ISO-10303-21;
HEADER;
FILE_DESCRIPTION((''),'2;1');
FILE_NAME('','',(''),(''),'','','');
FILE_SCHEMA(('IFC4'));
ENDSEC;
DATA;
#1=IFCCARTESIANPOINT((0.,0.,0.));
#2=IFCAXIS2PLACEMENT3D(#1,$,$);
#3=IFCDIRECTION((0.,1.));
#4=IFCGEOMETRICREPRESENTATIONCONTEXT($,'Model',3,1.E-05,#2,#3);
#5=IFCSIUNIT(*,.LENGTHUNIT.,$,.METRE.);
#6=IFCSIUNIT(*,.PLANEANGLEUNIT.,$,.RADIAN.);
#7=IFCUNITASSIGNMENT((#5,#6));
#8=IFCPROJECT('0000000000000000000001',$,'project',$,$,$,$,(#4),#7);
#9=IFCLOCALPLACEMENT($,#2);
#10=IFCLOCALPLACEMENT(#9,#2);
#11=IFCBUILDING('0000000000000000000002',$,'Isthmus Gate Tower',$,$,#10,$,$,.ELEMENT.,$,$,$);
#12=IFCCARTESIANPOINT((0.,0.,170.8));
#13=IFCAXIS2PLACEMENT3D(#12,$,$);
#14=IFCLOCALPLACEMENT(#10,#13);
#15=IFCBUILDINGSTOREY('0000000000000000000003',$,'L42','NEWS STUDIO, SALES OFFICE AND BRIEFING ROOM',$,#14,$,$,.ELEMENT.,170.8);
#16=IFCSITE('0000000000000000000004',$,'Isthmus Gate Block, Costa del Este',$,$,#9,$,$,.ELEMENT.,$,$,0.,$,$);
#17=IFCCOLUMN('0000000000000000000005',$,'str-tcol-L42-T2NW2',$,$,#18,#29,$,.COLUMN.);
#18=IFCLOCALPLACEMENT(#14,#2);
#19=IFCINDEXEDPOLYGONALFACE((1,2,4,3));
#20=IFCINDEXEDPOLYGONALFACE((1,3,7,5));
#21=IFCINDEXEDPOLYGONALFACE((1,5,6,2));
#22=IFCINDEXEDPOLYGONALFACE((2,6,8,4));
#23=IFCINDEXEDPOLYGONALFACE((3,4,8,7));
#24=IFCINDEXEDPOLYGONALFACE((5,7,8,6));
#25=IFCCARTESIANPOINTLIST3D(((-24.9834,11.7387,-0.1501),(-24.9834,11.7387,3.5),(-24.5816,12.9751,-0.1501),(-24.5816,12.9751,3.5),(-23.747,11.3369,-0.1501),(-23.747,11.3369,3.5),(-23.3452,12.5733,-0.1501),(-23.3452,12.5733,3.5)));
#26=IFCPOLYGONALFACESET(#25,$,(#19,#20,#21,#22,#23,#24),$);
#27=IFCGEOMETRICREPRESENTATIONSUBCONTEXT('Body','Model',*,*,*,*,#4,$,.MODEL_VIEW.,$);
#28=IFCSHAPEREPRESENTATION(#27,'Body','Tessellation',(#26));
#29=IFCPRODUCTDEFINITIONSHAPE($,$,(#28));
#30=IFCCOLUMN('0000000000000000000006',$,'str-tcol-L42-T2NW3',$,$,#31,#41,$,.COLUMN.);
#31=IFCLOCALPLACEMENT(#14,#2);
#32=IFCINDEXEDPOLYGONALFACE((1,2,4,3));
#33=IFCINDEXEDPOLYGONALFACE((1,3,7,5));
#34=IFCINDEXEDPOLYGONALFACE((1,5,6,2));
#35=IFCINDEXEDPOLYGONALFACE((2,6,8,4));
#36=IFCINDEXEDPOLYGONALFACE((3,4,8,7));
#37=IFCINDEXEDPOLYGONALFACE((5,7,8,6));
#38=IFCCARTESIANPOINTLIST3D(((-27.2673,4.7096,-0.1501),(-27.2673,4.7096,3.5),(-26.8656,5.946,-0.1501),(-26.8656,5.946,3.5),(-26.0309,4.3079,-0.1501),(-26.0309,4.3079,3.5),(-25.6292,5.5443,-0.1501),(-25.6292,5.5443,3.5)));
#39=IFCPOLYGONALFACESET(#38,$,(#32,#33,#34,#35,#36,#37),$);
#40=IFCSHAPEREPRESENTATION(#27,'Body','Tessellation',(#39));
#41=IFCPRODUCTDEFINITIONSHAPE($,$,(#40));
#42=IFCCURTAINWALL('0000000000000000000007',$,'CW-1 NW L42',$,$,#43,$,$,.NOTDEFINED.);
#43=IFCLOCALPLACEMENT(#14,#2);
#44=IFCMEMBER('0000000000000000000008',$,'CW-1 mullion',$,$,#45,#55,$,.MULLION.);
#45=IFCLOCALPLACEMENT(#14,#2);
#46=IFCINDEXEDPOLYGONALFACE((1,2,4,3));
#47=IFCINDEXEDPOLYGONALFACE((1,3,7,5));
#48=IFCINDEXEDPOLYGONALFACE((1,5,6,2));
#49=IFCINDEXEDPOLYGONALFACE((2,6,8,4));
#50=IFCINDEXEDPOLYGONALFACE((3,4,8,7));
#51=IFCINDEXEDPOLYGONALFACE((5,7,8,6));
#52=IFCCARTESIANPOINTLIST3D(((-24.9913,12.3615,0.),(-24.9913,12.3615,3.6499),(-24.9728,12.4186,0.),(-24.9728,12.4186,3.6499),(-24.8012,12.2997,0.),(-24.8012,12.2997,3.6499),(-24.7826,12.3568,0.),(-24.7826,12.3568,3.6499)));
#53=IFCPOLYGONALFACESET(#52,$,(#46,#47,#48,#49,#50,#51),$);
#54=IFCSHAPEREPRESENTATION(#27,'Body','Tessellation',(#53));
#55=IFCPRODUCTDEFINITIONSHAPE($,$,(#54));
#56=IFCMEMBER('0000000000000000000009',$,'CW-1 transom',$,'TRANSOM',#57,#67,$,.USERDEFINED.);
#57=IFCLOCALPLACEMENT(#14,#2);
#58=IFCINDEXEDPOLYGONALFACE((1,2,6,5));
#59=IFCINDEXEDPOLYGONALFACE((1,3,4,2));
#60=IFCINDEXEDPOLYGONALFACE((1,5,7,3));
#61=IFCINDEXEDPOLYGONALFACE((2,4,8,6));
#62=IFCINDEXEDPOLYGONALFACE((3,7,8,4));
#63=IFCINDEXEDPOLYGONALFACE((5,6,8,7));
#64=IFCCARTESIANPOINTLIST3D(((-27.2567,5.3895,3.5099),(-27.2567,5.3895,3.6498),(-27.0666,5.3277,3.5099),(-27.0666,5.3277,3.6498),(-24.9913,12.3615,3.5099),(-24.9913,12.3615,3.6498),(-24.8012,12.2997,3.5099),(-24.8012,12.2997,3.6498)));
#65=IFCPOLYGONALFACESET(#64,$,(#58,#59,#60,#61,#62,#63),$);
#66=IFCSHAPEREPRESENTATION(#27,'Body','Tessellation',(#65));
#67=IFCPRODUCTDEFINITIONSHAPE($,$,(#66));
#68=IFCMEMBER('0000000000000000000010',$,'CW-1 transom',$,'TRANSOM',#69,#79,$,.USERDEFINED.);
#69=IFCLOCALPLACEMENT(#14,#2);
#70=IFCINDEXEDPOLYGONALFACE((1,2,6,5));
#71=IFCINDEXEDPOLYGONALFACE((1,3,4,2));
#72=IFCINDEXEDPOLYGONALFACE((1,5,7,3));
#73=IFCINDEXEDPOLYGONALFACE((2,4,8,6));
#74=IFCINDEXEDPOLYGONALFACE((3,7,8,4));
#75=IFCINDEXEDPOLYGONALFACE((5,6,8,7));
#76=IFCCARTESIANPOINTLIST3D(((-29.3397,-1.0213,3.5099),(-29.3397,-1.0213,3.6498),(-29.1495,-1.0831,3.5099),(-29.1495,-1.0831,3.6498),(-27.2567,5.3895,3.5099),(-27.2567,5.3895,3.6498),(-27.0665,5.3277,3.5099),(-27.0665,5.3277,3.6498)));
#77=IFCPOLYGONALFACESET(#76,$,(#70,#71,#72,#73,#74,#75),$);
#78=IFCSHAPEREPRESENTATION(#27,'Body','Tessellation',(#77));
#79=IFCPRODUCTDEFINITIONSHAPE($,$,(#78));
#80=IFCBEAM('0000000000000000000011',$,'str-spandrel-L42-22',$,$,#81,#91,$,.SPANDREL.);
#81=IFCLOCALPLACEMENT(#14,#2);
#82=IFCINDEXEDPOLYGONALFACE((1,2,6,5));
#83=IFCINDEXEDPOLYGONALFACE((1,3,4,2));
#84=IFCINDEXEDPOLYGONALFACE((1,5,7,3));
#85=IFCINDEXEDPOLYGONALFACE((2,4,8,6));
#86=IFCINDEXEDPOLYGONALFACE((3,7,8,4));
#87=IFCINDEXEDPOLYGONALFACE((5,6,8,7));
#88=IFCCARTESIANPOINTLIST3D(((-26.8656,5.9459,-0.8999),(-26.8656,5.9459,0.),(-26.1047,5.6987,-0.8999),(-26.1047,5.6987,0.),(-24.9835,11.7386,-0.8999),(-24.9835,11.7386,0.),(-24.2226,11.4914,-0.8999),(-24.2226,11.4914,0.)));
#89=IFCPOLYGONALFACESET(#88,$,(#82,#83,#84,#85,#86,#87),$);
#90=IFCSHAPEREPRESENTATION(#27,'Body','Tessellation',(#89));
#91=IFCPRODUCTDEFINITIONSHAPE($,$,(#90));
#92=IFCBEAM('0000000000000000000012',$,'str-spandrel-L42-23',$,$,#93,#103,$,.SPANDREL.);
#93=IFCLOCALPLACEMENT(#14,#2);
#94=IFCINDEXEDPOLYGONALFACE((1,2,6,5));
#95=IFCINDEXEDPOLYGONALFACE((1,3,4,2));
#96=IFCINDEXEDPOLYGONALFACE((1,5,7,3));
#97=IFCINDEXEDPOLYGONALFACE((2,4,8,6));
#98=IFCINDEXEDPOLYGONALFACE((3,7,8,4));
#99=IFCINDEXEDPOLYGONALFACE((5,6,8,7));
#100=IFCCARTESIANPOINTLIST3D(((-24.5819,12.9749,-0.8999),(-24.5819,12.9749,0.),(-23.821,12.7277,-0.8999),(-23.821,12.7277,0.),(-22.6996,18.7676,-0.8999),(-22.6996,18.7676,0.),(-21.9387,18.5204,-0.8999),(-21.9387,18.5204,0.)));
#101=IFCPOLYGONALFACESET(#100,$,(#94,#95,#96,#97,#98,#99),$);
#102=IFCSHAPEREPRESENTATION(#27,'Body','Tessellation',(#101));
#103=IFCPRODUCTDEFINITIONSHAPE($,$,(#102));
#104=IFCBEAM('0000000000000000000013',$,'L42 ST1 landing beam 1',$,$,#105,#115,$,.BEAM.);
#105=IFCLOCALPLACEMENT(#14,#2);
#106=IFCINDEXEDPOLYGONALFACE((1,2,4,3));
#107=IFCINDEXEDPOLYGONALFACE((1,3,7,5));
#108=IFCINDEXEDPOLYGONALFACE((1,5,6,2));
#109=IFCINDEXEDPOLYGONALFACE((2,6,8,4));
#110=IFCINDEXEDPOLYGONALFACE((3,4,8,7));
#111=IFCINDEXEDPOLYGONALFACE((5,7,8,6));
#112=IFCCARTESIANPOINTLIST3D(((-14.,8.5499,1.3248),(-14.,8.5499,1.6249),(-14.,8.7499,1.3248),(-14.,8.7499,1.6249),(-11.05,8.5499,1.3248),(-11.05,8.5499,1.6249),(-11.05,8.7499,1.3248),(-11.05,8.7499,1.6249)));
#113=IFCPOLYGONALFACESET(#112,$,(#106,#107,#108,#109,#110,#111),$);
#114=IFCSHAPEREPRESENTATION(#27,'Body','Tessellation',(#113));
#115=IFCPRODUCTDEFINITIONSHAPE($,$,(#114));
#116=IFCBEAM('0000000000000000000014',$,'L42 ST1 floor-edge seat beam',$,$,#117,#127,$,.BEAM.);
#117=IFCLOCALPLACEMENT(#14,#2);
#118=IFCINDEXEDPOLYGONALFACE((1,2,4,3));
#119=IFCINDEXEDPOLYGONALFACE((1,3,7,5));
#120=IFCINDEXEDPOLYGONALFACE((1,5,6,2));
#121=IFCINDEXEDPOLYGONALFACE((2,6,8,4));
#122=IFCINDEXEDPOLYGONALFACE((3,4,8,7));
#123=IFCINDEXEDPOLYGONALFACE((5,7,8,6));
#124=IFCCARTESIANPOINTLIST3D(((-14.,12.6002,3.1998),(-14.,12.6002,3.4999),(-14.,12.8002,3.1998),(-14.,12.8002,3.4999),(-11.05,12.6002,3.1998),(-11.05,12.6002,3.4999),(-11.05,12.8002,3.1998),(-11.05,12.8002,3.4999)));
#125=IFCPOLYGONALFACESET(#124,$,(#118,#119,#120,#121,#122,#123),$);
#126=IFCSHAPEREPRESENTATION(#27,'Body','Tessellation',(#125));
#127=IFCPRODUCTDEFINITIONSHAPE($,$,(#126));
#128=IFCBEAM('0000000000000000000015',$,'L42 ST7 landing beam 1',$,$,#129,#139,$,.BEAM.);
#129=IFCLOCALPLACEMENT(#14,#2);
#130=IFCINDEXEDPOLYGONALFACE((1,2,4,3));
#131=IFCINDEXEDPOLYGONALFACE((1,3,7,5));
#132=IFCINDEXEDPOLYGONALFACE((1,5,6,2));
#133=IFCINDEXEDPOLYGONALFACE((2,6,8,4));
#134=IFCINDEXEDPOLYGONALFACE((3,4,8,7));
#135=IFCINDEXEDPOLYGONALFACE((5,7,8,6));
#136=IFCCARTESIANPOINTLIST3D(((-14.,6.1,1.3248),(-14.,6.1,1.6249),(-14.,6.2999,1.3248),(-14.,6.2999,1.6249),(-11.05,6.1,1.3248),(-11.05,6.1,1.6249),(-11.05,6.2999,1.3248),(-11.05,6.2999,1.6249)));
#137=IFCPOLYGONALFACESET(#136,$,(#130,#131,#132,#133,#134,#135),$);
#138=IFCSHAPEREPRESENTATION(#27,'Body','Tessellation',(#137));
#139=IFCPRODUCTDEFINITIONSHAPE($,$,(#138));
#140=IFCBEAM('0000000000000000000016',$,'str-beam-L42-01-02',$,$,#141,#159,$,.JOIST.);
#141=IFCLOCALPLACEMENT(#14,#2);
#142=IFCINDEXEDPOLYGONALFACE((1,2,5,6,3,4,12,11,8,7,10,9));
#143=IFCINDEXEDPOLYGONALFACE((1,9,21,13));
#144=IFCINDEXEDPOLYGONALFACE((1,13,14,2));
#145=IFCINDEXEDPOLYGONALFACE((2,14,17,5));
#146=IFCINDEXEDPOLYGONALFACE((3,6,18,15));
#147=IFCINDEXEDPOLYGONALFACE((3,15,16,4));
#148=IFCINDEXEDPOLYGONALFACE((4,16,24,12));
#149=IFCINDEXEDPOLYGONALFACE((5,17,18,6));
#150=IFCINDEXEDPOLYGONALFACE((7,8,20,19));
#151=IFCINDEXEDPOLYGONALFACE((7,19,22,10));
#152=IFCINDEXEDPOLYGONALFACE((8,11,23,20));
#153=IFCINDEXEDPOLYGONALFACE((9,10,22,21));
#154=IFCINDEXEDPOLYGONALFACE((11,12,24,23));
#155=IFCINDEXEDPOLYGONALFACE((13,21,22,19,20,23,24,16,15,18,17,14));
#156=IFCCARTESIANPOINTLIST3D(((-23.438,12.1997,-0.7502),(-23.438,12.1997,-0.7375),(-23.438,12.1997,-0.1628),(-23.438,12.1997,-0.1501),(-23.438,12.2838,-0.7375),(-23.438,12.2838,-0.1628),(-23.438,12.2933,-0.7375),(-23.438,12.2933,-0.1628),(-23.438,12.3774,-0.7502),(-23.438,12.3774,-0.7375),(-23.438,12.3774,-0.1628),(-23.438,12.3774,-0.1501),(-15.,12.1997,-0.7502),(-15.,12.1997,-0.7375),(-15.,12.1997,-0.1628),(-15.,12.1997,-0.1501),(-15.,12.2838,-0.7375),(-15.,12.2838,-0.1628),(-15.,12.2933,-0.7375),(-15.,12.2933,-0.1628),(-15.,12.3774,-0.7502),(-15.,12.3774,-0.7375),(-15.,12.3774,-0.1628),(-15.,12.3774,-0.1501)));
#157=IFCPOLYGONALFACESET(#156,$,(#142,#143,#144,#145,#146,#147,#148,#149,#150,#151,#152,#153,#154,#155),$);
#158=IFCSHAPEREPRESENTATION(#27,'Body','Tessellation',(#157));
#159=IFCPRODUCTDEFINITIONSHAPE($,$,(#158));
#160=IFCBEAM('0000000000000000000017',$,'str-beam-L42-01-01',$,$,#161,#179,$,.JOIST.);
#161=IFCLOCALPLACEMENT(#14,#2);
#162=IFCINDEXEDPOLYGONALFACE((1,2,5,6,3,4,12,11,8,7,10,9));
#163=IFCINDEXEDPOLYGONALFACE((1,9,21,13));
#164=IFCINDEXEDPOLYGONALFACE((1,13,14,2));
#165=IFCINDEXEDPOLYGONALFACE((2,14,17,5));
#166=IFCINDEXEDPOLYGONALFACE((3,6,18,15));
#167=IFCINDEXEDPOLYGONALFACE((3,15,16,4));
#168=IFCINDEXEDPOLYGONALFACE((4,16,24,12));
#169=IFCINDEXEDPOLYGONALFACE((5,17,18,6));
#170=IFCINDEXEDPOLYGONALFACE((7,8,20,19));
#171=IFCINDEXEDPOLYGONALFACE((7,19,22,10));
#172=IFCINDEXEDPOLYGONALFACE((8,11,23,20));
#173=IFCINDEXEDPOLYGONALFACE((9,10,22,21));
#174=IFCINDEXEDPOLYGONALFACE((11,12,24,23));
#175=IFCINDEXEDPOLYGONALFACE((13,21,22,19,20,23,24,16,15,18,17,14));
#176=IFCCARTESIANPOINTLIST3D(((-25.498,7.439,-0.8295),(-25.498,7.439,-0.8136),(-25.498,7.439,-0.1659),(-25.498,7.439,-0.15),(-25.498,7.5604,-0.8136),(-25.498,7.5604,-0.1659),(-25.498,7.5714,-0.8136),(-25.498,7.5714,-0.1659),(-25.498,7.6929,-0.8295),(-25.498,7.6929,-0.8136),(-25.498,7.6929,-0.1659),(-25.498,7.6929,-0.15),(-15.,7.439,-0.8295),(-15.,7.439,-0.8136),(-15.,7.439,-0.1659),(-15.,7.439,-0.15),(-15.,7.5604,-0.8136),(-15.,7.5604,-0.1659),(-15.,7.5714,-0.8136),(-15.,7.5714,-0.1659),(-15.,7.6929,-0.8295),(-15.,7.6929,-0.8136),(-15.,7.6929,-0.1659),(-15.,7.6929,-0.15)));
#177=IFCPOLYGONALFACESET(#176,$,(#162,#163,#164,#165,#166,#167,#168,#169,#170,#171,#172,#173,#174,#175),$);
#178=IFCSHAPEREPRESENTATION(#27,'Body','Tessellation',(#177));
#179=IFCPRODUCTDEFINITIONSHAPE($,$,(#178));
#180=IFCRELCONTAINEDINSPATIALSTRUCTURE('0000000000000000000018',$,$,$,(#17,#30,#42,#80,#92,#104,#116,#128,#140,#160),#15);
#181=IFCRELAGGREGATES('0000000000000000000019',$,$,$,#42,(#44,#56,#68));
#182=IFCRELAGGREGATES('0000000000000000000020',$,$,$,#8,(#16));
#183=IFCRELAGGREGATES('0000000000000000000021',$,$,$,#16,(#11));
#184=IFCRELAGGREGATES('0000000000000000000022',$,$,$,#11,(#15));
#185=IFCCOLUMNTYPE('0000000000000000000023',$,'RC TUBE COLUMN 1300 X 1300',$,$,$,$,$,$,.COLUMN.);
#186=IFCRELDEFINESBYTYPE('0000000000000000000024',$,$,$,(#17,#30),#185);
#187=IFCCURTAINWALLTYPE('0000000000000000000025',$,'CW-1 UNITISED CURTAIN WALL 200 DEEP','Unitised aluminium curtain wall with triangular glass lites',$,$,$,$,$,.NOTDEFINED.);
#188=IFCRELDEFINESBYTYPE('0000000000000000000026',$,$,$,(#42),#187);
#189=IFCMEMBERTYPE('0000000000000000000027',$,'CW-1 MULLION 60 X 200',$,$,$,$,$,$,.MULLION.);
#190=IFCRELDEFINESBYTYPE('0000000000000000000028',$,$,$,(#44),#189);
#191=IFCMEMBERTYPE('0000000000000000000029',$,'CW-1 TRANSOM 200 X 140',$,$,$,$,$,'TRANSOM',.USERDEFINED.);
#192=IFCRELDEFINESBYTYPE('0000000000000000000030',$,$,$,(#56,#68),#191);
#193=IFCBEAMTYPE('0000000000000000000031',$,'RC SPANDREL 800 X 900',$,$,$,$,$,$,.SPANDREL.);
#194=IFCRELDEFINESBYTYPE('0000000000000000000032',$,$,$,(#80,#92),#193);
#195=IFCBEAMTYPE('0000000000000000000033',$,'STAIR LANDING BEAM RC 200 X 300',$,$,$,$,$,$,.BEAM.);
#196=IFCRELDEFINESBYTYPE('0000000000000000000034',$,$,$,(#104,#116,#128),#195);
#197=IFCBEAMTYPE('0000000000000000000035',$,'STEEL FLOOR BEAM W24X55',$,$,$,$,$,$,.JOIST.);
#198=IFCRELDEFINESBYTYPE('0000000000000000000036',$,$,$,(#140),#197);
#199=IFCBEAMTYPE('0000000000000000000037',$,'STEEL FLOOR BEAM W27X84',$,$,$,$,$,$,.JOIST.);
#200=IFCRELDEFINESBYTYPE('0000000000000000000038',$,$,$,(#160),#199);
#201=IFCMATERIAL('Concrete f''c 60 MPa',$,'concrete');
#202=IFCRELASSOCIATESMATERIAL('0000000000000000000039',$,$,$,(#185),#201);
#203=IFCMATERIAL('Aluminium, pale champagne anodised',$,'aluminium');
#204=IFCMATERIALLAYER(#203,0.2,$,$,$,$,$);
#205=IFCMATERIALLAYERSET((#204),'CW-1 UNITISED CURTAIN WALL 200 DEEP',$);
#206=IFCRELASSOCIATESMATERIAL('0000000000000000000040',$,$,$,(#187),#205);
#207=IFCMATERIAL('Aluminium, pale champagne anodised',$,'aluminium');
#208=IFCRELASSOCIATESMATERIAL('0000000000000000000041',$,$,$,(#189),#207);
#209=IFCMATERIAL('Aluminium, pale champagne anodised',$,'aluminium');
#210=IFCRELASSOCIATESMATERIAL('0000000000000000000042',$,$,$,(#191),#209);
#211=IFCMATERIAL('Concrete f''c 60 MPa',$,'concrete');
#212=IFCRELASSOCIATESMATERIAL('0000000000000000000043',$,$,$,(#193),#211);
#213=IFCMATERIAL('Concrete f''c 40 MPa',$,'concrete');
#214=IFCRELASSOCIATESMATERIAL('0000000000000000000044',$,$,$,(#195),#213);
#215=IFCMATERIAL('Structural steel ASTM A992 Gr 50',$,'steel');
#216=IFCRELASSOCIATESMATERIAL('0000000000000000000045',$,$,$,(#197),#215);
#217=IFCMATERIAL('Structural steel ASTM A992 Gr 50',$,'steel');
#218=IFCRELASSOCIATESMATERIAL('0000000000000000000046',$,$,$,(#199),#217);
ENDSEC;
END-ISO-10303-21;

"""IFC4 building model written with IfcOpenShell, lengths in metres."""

from ifc_helpers import new_model, si_unit, direction, frame, origin, origin_2d, place, context, subcontext, project, spatial, rectangle, i_section, extrude, material, layer, layer_set, material_profile, profile_set, type_object, element, aggregate, save


model = new_model("IFC4")

# Units and contexts
model_context = context("Model", 3, precision=1e-05, world=origin(), true_north=direction((0.0, 1.0)))
body_context = subcontext(model_context, "Body", "Model", "MODEL_VIEW")
ifc_project = project(units=[si_unit("LENGTHUNIT", "METRE"), si_unit("PLANEANGLEUNIT", "RADIAN")], contexts=[model_context])

# Site, building, storey
site_placement = place(None, origin())
site = spatial("IfcSite", under=ifc_project, at=site_placement, Name="Isthmus Gate Block, Costa del Este", CompositionType="ELEMENT", RefElevation=0.0)
building_placement = place(site_placement, origin())
building = spatial("IfcBuilding", under=site, at=building_placement, Name="Isthmus Gate Tower", CompositionType="ELEMENT")
storey_placement = place(building_placement, frame((0.0, 0.0, 170.8)))
storey = spatial("IfcBuildingStorey", under=building, at=storey_placement, Name="L42", Description="NEWS STUDIO, SALES OFFICE AND BRIEFING ROOM", CompositionType="ELEMENT", Elevation=170.8)

# Columns
ifc_material_1 = material(Name="Concrete f'c 60 MPa", Category="concrete")
ifc_material_profile_1 = material_profile(ifc_material_1, rectangle(XDim=1.3, YDim=1.3, at=origin_2d()), Name="RC 1300X1300")
ifc_profile_set_1 = profile_set([ifc_material_profile_1], Name="Concrete f'c 60 MPa")
column_type = type_object("IfcColumnType", Name="RC TUBE COLUMN 1300 X 1300", PredefinedType="COLUMN", material=ifc_profile_set_1)
for number, where, z_axis, x_axis, name in (
    (1, (-24.1643, 12.156, -0.1501), (0.0, 0.0, 1.0), (-0.309017, -0.951057, 0.0), "str-tcol-L42-T2NW2"),
    (2, (-26.4482, 5.127, -0.1501), (0.0, 0.0, 1.0), (-0.309017, -0.951057, 0.0), "str-tcol-L42-T2NW3"),
):
    element("IfcColumn", number, at=place(storey_placement, frame(where, z_axis=z_axis, x_axis=x_axis)), inside=storey, type_object=column_type, Name=name, PredefinedType="COLUMN", context=body_context, shape_type="SweptSolid", body=[
        extrude(rectangle(XDim=1.3, YDim=1.3, at=origin_2d()), origin(), (0.0, 0.0, 1.0), 3.6501),
    ])

# Curtain wall, members
ifc_material_2 = material(Name="Aluminium, pale champagne anodised", Category="aluminium")
ifc_layer_1 = layer(ifc_material_2, 0.2)
ifc_layer_set_1 = layer_set([ifc_layer_1], Name="CW-1 UNITISED CURTAIN WALL 200 DEEP")
curtain_wall_type = type_object("IfcCurtainWallType", Name="CW-1 UNITISED CURTAIN WALL 200 DEEP", Description="Unitised aluminium curtain wall with triangular glass lites", PredefinedType="NOTDEFINED", material=ifc_layer_set_1)
curtain_wall_placement = place(storey_placement, origin())
curtain_wall = element("IfcCurtainWall", 3, at=curtain_wall_placement, inside=storey, type_object=curtain_wall_type, Name="CW-1 NW L42", PredefinedType="NOTDEFINED")
ifc_material_3 = material(Name="Aluminium, pale champagne anodised", Category="aluminium")
ifc_material_profile_2 = material_profile(ifc_material_3, rectangle(XDim=0.0601, YDim=0.2, at=origin_2d()), Name="60x200")
ifc_profile_set_2 = profile_set([ifc_material_profile_2], Name="Aluminium, pale champagne anodised")
member_type_1 = type_object("IfcMemberType", Name="CW-1 MULLION 60 X 200", PredefinedType="MULLION", material=ifc_profile_set_2)
member_1_placement = place(storey_placement, frame((-24.887, 12.3591, 0.0), z_axis=(0.0, 0.0, 1.0), x_axis=(-0.309017, -0.951057, 0.0)))
member_1 = element("IfcMember", 4, at=member_1_placement, type_object=member_type_1, Name="CW-1 mullion", PredefinedType="MULLION", context=body_context, shape_type="SweptSolid", body=[
    extrude(rectangle(XDim=0.0601, YDim=0.2, at=origin_2d()), origin(), (0.0, 0.0, 1.0), 3.6499),
])
ifc_material_4 = material(Name="Aluminium, pale champagne anodised", Category="aluminium")
ifc_material_profile_3 = material_profile(ifc_material_4, rectangle(XDim=0.2, YDim=0.1399, at=origin_2d()), Name="200x140")
ifc_profile_set_3 = profile_set([ifc_material_profile_3], Name="Aluminium, pale champagne anodised")
member_type_2 = type_object("IfcMemberType", Name="CW-1 TRANSOM 200 X 140", ElementType="TRANSOM", PredefinedType="USERDEFINED", material=ifc_profile_set_3)
member_2_placement = place(storey_placement, frame((-24.8962, 12.3306, 3.5798), z_axis=(-0.309025, -0.951054, 0.0), x_axis=(0.951054, -0.309025, 0.0)))
member_2 = element("IfcMember", 5, at=member_2_placement, type_object=member_type_2, Name="CW-1 transom", ObjectType="TRANSOM", PredefinedType="USERDEFINED", context=body_context, shape_type="SweptSolid", body=[
    extrude(rectangle(XDim=0.2, YDim=0.1399, at=origin_2d()), origin(), (0.0, 0.0, 1.0), 7.3308),
])
member_3_placement = place(storey_placement, frame((-27.1616, 5.3586, 3.5798), z_axis=(-0.309015, -0.951057, 0.0), x_axis=(0.951057, -0.309015, 0.0)))
member_3 = element("IfcMember", 6, at=member_3_placement, type_object=member_type_2, Name="CW-1 transom", ObjectType="TRANSOM", PredefinedType="USERDEFINED", context=body_context, shape_type="SweptSolid", body=[
    extrude(rectangle(XDim=0.2, YDim=0.1399, at=origin_2d()), origin(), (0.0, 0.0, 1.0), 6.7407),
])

# Beams
ifc_material_5 = material(Name="Concrete f'c 60 MPa", Category="concrete")
ifc_material_profile_4 = material_profile(ifc_material_5, rectangle(XDim=0.8, YDim=0.8999, at=origin_2d()), Name="RC 800X900")
ifc_profile_set_4 = profile_set([ifc_material_profile_4], Name="Concrete f'c 60 MPa")
beam_type_1 = type_object("IfcBeamType", Name="RC SPANDREL 800 X 900", PredefinedType="SPANDREL", material=ifc_profile_set_4)
for number, where, z_axis, x_axis, name in (
    (7, (-26.4851, 5.8223, -0.45), (0.309004, 0.951061, 0.0), (-0.951061, 0.309004, 0.0), "str-spandrel-L42-22"),
    (8, (-24.2014, 12.8513, -0.45), (0.30904, 0.951049, 0.0), (-0.951049, 0.30904, 0.0), "str-spandrel-L42-23"),
):
    element("IfcBeam", number, at=place(storey_placement, frame(where, z_axis=z_axis, x_axis=x_axis)), inside=storey, type_object=beam_type_1, Name=name, PredefinedType="SPANDREL", context=body_context, shape_type="SweptSolid", body=[
        extrude(rectangle(XDim=0.8, YDim=0.8999, at=origin_2d()), origin(), (0.0, 0.0, 1.0), 6.0908),
    ])
ifc_material_6 = material(Name="Concrete f'c 40 MPa", Category="concrete")
ifc_material_profile_5 = material_profile(ifc_material_6, rectangle(XDim=0.2, YDim=0.3, at=origin_2d()), Name="STAIR LANDING BEAM RC 200 X 300")
ifc_profile_set_5 = profile_set([ifc_material_profile_5], Name="Concrete f'c 40 MPa")
beam_type_2 = type_object("IfcBeamType", Name="STAIR LANDING BEAM RC 200 X 300", PredefinedType="BEAM", material=ifc_profile_set_5)
for number, where, z_axis, x_axis, name in (
    (9, (-14.0, 8.6499, 1.4749), (1.0, 0.0, 0.0), (0.0, 1.0, 0.0), "L42 ST1 landing beam 1"),
    (10, (-14.0, 12.7002, 3.3499), (1.0, 0.0, 0.0), (0.0, 1.0, 0.0), "L42 ST1 floor-edge seat beam"),
    (11, (-14.0, 6.2, 1.4749), (1.0, 0.0, 0.0), (0.0, 1.0, 0.0), "L42 ST7 landing beam 1"),
):
    element("IfcBeam", number, at=place(storey_placement, frame(where, z_axis=z_axis, x_axis=x_axis)), inside=storey, type_object=beam_type_2, Name=name, PredefinedType="BEAM", context=body_context, shape_type="SweptSolid", body=[
        extrude(rectangle(XDim=0.2, YDim=0.3, at=origin_2d()), origin(), (0.0, 0.0, 1.0), 2.95),
    ])
ifc_material_7 = material(Name="Structural steel ASTM A992 Gr 50", Category="steel")
ifc_material_profile_6 = material_profile(ifc_material_7, i_section(OverallWidth=0.1777, OverallDepth=0.6001, WebThickness=0.0095, FlangeThickness=0.0127, at=origin_2d()), Name="W24X55")
ifc_profile_set_6 = profile_set([ifc_material_profile_6], Name="Structural steel ASTM A992 Gr 50")
beam_type_3 = type_object("IfcBeamType", Name="STEEL FLOOR BEAM W24X55", PredefinedType="JOIST", material=ifc_profile_set_6)
beam_1_placement = place(storey_placement, frame((-23.438, 12.2886, -0.4502), z_axis=(1.0, 0.0, 0.0), x_axis=(0.0, 1.0, 0.0)))
element("IfcBeam", 12, at=beam_1_placement, inside=storey, type_object=beam_type_3, Name="str-beam-L42-01-02", PredefinedType="JOIST", context=body_context, shape_type="SweptSolid", body=[
    extrude(i_section(OverallWidth=0.1777, OverallDepth=0.6001, WebThickness=0.0095, FlangeThickness=0.0127, at=origin_2d()), origin(), (0.0, 0.0, 1.0), 8.438),
])
ifc_material_8 = material(Name="Structural steel ASTM A992 Gr 50", Category="steel")
ifc_material_profile_7 = material_profile(ifc_material_8, i_section(OverallWidth=0.2539, OverallDepth=0.6794, WebThickness=0.011, FlangeThickness=0.0159, at=origin_2d()), Name="W27X84")
ifc_profile_set_7 = profile_set([ifc_material_profile_7], Name="Structural steel ASTM A992 Gr 50")
beam_type_4 = type_object("IfcBeamType", Name="STEEL FLOOR BEAM W27X84", PredefinedType="JOIST", material=ifc_profile_set_7)
beam_2_placement = place(storey_placement, frame((-25.498, 7.5659, -0.4897), z_axis=(1.0, 0.0, 0.0), x_axis=(0.0, 1.0, 0.0)))
element("IfcBeam", 13, at=beam_2_placement, inside=storey, type_object=beam_type_4, Name="str-beam-L42-01-01", PredefinedType="JOIST", context=body_context, shape_type="SweptSolid", body=[
    extrude(i_section(OverallWidth=0.2539, OverallDepth=0.6794, WebThickness=0.011, FlangeThickness=0.0159, at=origin_2d()), origin(), (0.0, 0.0, 1.0), 10.498),
])

aggregate(curtain_wall, [member_1, member_2, member_3])

save(model, "model.ifc")
